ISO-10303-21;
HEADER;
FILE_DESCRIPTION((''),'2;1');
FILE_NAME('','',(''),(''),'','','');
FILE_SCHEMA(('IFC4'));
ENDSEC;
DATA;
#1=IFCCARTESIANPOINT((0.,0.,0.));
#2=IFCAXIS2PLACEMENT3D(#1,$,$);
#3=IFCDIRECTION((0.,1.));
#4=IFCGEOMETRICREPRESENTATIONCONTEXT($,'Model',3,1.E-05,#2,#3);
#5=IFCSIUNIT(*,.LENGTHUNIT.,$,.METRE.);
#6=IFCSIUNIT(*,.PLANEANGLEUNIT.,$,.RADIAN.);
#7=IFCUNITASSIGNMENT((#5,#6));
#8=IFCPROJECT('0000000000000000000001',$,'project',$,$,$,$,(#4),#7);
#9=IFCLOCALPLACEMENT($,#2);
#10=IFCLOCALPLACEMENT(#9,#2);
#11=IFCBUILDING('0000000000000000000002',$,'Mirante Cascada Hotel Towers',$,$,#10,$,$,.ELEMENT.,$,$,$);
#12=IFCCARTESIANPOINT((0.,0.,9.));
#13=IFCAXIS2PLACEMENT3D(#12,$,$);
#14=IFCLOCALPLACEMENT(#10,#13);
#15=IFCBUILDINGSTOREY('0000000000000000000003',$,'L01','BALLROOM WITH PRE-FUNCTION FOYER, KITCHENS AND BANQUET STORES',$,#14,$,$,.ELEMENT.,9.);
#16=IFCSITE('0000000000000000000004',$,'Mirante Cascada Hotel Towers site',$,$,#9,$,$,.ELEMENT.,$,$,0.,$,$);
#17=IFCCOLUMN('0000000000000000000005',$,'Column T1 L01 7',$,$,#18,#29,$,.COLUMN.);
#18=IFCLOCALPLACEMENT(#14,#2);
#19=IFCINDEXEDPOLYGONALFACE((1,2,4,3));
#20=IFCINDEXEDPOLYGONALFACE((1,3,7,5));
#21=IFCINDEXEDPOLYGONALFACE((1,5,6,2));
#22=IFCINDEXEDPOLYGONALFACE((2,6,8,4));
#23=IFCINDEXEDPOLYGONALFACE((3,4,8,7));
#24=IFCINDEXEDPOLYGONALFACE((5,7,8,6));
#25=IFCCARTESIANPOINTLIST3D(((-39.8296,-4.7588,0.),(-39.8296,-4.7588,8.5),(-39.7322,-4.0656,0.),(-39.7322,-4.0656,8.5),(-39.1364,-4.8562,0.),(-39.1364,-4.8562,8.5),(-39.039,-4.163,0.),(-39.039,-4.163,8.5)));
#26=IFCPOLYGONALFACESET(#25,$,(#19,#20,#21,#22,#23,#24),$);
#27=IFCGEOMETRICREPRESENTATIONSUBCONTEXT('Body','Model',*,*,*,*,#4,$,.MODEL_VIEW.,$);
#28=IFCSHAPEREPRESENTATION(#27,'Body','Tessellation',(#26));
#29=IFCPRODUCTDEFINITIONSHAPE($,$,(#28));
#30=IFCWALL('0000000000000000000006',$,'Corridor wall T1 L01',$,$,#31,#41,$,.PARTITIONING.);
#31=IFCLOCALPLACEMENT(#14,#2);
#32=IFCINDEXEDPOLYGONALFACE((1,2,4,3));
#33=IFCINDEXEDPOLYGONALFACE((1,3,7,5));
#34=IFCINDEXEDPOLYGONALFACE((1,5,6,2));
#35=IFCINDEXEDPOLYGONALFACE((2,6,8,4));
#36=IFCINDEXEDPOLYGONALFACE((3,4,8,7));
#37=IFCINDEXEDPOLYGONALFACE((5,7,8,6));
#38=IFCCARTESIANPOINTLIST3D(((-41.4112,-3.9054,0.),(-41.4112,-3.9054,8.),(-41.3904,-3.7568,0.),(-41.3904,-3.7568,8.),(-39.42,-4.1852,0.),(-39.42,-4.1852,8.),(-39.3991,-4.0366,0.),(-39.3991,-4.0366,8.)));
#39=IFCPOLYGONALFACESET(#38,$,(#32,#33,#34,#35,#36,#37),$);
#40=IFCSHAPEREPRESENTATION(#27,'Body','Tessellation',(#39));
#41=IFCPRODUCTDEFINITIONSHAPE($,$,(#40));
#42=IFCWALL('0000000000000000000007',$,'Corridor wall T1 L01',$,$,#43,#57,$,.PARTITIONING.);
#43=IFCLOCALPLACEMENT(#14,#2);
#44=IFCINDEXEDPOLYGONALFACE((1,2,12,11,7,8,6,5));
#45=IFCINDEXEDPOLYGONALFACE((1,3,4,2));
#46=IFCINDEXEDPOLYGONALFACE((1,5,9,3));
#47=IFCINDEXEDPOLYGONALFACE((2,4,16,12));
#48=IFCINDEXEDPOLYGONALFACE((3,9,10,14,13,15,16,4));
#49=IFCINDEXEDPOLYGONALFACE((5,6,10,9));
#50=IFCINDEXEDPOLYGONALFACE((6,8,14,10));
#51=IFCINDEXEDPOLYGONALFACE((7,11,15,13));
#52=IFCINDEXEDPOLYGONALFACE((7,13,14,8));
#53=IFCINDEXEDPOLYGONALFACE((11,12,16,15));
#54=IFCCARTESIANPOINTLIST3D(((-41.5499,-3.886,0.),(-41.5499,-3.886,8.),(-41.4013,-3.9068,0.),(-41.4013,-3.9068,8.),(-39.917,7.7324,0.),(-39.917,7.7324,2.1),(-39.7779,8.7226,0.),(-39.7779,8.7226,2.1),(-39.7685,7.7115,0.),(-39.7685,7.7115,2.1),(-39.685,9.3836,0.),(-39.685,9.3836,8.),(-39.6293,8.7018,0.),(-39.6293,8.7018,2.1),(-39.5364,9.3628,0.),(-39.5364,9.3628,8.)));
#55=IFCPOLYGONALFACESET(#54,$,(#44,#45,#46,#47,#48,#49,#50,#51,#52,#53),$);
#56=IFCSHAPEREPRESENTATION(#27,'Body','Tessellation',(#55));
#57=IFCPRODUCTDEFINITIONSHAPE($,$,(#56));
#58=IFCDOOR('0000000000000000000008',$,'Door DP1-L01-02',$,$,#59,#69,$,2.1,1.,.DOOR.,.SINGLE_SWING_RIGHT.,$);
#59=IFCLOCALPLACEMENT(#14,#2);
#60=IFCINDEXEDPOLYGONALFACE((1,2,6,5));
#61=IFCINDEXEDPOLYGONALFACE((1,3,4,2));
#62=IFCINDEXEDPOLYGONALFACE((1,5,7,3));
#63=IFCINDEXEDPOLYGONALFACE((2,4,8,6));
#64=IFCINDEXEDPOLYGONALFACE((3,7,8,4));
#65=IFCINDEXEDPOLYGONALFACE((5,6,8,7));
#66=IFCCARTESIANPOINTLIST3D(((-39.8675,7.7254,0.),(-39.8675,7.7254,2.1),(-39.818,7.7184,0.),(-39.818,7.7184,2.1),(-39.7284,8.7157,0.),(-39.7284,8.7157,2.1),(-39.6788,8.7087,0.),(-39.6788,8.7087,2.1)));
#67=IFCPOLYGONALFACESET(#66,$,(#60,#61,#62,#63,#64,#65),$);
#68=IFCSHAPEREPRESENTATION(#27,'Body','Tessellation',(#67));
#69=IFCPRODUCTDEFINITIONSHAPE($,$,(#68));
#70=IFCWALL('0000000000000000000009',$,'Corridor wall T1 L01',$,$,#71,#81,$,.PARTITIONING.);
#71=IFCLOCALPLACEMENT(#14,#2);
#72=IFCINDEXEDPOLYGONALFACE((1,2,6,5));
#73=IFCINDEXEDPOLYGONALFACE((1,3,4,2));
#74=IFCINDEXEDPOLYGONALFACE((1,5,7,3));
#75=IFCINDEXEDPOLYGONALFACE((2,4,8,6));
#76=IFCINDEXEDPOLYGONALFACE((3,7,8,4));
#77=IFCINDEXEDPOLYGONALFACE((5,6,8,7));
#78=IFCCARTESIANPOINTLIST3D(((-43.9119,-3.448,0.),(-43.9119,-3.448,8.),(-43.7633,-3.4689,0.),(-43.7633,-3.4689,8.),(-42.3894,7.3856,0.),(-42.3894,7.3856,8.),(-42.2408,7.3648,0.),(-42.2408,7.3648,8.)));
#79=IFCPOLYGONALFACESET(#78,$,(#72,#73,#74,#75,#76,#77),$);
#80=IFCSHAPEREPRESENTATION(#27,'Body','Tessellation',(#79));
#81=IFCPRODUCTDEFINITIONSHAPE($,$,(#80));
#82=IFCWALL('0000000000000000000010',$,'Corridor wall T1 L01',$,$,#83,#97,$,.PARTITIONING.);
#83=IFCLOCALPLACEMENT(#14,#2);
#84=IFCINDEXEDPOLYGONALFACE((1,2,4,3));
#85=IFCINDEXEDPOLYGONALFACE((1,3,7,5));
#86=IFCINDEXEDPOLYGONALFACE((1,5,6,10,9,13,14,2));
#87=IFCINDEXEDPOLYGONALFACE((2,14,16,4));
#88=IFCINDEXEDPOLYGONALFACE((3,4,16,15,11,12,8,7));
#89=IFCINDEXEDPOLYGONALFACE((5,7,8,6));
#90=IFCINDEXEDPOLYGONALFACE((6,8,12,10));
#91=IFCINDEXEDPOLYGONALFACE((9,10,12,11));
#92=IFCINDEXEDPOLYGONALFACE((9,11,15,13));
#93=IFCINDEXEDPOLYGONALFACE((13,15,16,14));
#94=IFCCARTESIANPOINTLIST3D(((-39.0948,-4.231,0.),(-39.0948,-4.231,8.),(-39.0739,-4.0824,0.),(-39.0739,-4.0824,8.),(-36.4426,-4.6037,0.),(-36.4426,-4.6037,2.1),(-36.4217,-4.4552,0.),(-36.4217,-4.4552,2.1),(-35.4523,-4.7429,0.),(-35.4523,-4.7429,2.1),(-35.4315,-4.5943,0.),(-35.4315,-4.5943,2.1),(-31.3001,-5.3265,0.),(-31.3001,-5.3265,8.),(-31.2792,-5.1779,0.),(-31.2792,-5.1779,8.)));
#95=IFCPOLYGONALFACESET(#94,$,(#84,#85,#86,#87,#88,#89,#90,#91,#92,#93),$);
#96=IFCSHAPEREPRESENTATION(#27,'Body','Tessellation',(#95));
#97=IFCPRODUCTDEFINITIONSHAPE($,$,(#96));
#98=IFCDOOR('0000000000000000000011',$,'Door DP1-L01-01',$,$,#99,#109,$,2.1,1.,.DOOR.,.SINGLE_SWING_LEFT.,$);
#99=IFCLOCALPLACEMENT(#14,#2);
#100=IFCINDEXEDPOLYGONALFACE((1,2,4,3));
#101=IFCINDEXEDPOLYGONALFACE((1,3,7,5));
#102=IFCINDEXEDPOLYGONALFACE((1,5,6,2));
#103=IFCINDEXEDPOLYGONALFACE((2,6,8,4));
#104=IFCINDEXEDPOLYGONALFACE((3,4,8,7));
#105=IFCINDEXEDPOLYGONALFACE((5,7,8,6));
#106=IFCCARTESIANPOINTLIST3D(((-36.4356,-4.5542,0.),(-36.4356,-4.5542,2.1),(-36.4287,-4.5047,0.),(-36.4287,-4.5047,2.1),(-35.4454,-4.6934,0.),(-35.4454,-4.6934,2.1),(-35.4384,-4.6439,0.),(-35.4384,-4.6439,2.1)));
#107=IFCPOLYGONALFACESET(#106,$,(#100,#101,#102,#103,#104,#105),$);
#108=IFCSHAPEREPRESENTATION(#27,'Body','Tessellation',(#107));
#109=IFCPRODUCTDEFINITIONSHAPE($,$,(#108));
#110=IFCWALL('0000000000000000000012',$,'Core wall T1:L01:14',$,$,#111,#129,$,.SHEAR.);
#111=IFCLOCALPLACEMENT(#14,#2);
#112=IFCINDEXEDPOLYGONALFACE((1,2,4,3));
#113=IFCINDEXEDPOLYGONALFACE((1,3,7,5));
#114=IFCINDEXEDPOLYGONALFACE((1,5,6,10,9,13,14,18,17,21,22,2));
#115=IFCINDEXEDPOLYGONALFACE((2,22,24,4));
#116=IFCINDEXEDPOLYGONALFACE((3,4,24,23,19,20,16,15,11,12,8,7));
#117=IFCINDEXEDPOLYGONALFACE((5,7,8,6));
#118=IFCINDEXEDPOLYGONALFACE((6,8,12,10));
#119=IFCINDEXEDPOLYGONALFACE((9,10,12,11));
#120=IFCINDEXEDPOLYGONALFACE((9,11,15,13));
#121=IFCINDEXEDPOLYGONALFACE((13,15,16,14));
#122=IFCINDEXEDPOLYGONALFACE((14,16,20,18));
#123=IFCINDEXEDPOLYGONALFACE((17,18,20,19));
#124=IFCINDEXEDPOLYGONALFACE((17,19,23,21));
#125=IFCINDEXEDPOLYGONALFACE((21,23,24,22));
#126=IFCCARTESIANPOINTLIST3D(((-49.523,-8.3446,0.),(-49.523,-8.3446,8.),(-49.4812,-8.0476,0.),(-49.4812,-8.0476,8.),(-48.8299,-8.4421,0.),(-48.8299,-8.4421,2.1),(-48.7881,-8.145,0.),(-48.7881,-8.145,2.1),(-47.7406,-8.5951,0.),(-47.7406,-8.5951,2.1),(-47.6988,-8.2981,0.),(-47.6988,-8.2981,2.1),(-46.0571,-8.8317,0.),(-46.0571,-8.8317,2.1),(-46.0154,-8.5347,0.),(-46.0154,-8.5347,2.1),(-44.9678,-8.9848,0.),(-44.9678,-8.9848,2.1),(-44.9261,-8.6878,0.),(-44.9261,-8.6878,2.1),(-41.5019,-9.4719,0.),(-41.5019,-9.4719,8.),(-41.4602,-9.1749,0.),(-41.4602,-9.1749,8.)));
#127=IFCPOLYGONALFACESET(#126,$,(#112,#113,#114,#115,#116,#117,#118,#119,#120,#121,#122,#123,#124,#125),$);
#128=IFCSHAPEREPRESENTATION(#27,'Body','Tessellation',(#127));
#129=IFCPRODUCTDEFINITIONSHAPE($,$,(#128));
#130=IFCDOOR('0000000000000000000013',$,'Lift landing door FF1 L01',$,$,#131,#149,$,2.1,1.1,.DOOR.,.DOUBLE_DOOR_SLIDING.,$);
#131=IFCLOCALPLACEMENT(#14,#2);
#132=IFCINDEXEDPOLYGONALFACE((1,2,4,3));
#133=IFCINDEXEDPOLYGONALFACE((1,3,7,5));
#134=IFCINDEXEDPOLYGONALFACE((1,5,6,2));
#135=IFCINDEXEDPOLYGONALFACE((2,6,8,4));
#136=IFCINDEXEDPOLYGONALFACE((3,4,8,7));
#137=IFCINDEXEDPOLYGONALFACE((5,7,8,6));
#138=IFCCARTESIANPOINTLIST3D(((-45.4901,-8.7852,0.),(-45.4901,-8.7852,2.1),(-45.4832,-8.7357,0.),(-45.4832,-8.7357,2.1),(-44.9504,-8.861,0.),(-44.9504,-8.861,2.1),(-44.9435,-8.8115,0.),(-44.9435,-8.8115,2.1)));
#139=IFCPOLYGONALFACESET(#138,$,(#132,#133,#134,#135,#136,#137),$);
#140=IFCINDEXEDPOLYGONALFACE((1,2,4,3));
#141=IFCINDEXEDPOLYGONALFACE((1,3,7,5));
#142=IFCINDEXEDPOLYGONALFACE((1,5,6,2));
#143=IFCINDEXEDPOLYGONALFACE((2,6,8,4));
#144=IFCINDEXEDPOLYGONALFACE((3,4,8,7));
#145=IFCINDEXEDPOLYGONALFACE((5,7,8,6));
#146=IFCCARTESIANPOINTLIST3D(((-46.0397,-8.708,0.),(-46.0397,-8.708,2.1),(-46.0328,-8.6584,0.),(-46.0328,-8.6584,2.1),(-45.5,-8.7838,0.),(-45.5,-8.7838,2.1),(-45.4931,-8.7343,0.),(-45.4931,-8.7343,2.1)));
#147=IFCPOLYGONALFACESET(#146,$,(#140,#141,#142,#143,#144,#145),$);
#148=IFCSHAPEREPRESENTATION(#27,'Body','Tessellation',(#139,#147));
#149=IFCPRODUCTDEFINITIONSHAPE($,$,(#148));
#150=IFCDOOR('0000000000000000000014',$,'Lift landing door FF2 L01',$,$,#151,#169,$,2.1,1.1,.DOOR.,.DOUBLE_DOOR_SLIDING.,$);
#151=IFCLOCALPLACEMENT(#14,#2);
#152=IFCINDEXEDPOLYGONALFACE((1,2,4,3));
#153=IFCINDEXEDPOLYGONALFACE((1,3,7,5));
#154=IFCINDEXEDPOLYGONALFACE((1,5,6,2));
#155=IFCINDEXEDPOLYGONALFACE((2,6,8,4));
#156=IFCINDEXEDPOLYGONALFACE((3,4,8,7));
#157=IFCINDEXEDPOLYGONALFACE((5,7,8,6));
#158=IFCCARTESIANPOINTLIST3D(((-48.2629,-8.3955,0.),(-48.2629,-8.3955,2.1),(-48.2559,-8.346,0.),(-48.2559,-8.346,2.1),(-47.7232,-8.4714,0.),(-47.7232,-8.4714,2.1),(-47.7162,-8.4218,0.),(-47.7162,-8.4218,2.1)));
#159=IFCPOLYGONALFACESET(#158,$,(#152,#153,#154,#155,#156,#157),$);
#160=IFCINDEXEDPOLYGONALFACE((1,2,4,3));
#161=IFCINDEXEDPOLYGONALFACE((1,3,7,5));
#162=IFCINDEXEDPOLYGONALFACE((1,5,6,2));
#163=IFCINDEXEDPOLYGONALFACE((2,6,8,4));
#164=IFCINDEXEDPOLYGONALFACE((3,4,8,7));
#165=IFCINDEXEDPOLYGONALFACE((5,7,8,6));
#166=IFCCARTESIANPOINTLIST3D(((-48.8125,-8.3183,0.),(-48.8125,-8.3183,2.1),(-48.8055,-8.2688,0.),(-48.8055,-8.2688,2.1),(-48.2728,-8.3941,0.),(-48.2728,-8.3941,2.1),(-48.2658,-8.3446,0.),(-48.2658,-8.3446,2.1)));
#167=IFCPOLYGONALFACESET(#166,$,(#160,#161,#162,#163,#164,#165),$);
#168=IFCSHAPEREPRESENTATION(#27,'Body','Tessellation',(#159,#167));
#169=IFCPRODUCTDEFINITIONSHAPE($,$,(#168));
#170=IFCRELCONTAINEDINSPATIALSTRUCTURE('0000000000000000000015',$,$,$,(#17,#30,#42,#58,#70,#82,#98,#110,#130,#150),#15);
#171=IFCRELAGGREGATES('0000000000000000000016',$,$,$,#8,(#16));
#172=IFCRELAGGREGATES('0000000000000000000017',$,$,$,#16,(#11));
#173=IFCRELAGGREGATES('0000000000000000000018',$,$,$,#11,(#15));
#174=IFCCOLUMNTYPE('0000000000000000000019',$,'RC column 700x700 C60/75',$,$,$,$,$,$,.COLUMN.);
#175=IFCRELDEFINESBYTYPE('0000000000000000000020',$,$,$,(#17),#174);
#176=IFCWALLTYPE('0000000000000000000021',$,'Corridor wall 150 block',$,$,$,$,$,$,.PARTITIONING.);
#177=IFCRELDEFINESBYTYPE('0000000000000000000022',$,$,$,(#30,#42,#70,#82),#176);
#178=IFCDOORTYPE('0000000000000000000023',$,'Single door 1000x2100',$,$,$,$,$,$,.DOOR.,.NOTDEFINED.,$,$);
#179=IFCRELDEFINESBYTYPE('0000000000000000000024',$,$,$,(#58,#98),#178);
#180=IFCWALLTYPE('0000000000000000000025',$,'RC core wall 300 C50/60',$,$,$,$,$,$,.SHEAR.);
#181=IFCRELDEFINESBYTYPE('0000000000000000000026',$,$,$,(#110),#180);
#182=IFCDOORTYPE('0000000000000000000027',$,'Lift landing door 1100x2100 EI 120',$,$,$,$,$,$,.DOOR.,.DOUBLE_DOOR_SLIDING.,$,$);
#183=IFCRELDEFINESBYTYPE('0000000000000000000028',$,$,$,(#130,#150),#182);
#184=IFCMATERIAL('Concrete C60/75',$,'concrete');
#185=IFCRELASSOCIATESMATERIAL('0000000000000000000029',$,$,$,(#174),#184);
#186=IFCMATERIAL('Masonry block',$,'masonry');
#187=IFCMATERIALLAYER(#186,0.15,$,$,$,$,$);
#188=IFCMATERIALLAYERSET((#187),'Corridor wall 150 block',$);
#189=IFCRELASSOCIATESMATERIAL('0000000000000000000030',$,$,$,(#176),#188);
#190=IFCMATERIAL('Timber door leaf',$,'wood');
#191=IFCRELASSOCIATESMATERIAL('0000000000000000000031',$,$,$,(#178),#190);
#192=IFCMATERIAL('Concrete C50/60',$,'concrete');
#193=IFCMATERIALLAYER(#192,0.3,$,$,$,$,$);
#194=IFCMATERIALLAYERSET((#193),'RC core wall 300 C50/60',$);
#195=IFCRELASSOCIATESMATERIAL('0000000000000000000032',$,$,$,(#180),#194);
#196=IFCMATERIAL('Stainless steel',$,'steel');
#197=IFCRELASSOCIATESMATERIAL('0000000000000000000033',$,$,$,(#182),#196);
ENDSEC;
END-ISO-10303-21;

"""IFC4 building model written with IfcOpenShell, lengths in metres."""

from ifc_helpers import new_model, si_unit, direction, frame, frame_2d, origin, origin_2d, place, context, subcontext, project, spatial, rectangle, extrude, material, layer, layer_set, material_profile, profile_set, type_object, element, fill, save


model = new_model("IFC4")

# Units and contexts
model_context = context("Model", 3, precision=1e-05, world=origin(), true_north=direction((0.0, 1.0)))
body_context = subcontext(model_context, "Body", "Model", "MODEL_VIEW")
ifc_project = project(units=[si_unit("LENGTHUNIT", "METRE"), si_unit("PLANEANGLEUNIT", "RADIAN")], contexts=[model_context])

# Site, building, storey
site_placement = place(None, origin())
site = spatial("IfcSite", under=ifc_project, at=site_placement, Name="Mirante Cascada Hotel Towers site", CompositionType="ELEMENT", RefElevation=0.0)
building_placement = place(site_placement, origin())
building = spatial("IfcBuilding", under=site, at=building_placement, Name="Mirante Cascada Hotel Towers", CompositionType="ELEMENT")
storey_placement = place(building_placement, frame((0.0, 0.0, 9.0)))
storey = spatial("IfcBuildingStorey", under=building, at=storey_placement, Name="L01", Description="BALLROOM WITH PRE-FUNCTION FOYER, KITCHENS AND BANQUET STORES", CompositionType="ELEMENT", Elevation=9.0)

# Column
ifc_material_1 = material(Name="Concrete C60/75", Category="concrete")
ifc_material_profile = material_profile(ifc_material_1, rectangle(XDim=0.7, YDim=0.7, at=origin_2d()), Name="RC column 700x700 C60/75")
ifc_profile_set = profile_set([ifc_material_profile], Name="Concrete C60/75")
column_type = type_object("IfcColumnType", Name="RC column 700x700 C60/75", PredefinedType="COLUMN", material=ifc_profile_set)
column_placement = place(storey_placement, frame((-39.4343, -4.4609, 0.0), z_axis=(0.0, 0.0, 1.0), x_axis=(-0.990268, 0.139173, 0.0)))
element("IfcColumn", 1, at=column_placement, inside=storey, type_object=column_type, Name="Column T1 L01 7", PredefinedType="COLUMN", context=body_context, shape_type="SweptSolid", body=[
    extrude(rectangle(XDim=0.7, YDim=0.7, at=origin_2d()), origin(), (0.0, 0.0, 1.0), 8.5),
])

# Wall
ifc_material_2 = material(Name="Masonry block", Category="masonry")
ifc_layer_1 = layer(ifc_material_2, 0.15)
ifc_layer_set_1 = layer_set([ifc_layer_1], Name="Corridor wall 150 block")
wall_type_1 = type_object("IfcWallType", Name="Corridor wall 150 block", PredefinedType="PARTITIONING", material=ifc_layer_set_1)
wall_1_placement = place(storey_placement, frame((-41.4008, -3.8311, 0.0), z_axis=(0.0, 0.0, 1.0), x_axis=(0.990271, -0.139151, 0.0)))
element("IfcWall", 2, at=wall_1_placement, inside=storey, type_object=wall_type_1, Name="Corridor wall T1 L01", PredefinedType="PARTITIONING", context=body_context, shape_type="SweptSolid", body=[
    extrude(rectangle(XDim=2.0108, YDim=0.15, at=frame_2d((1.0054, 0.0))), origin(), (0.0, 0.0, 1.0), 8.0),
])

# Wall, opening, door
wall_2_placement = place(storey_placement, frame((-41.4756, -3.8964, 0.0), z_axis=(0.0, 0.0, 1.0), x_axis=(0.139172, 0.990268, 0.0)))
wall_2 = element("IfcWall", 3, at=wall_2_placement, inside=storey, type_object=wall_type_1, Name="Corridor wall T1 L01", PredefinedType="PARTITIONING", context=body_context, shape_type="SweptSolid", body=[
    extrude(rectangle(XDim=13.4, YDim=0.15, at=frame_2d((6.7, 0.0))), origin(), (0.0, 0.0, 1.0), 8.0),
])
opening_1_placement = place(wall_2_placement, frame((11.7325, 0.0, 0.0)))
opening_1 = element("IfcOpeningElement", 4, at=opening_1_placement, cuts=wall_2, PredefinedType="OPENING", context=body_context, shape_type="SweptSolid", body=[
    extrude(rectangle(XDim=1.0, YDim=2.1, at=frame_2d((0.5, 1.05))), frame((0.0, 0.075, 0.0), z_axis=(0.0, -1.0, 0.0), x_axis=(1.0, 0.0, 0.0)), (0.0, 0.0, 1.0), 0.15),
])
ifc_material_3 = material(Name="Timber door leaf", Category="wood")
door_type_1 = type_object("IfcDoorType", Name="Single door 1000x2100", OperationType="NOTDEFINED", PredefinedType="DOOR", material=ifc_material_3)
door_1_placement = place(opening_1_placement, frame((1.0, 0.0, 0.0), z_axis=(0.0, 0.0, 1.0), x_axis=(-1.0, 0.0, 0.0)))
door_1 = element("IfcDoor", 5, at=door_1_placement, inside=storey, type_object=door_type_1, Name="Door DP1-L01-02", OperationType="SINGLE_SWING_RIGHT", OverallHeight=2.1, OverallWidth=1.0, PredefinedType="DOOR", context=body_context, shape_type="SweptSolid", body=[
    extrude(rectangle(XDim=1.0, YDim=2.1, at=frame_2d((0.5, 1.05))), frame((0.0, 0.025, 0.0), z_axis=(0.0, -1.0, 0.0), x_axis=(1.0, 0.0, 0.0)), (0.0, 0.0, 1.0), 0.05),
])
fill(opening_1, door_1)

# Wall
wall_3_placement = place(storey_placement, frame((-43.8376, -3.4584, 0.0), z_axis=(0.0, 0.0, 1.0), x_axis=(0.139167, 0.990269, 0.0)))
element("IfcWall", 6, at=wall_3_placement, inside=storey, type_object=wall_type_1, Name="Corridor wall T1 L01", PredefinedType="PARTITIONING", context=body_context, shape_type="SweptSolid", body=[
    extrude(rectangle(XDim=10.9401, YDim=0.15, at=frame_2d((5.47, 0.0))), origin(), (0.0, 0.0, 1.0), 8.0),
])

# Wall, opening, door
wall_4_placement = place(storey_placement, frame((-39.0843, -4.1567, 0.0), z_axis=(0.0, 0.0, 1.0), x_axis=(0.990268, -0.139176, 0.0)))
wall_4 = element("IfcWall", 7, at=wall_4_placement, inside=storey, type_object=wall_type_1, Name="Corridor wall T1 L01", PredefinedType="PARTITIONING", context=body_context, shape_type="SweptSolid", body=[
    extrude(rectangle(XDim=7.8713, YDim=0.15, at=frame_2d((3.9356, 0.0))), origin(), (0.0, 0.0, 1.0), 8.0),
])
opening_2_placement = place(wall_4_placement, frame((2.6782, 0.0, 0.0)))
opening_2 = element("IfcOpeningElement", 8, at=opening_2_placement, cuts=wall_4, PredefinedType="OPENING", context=body_context, shape_type="SweptSolid", body=[
    extrude(rectangle(XDim=1.0, YDim=2.1, at=frame_2d((0.5, 1.05))), frame((0.0, 0.075, 0.0), z_axis=(0.0, -1.0, 0.0), x_axis=(1.0, 0.0, 0.0)), (0.0, 0.0, 1.0), 0.15),
])
door_2_placement = place(opening_2_placement, frame((1.0, 0.0, 0.0), z_axis=(0.0, 0.0, 1.0), x_axis=(-1.0, 0.0, 0.0)))
door_2 = element("IfcDoor", 9, at=door_2_placement, inside=storey, type_object=door_type_1, Name="Door DP1-L01-01", OperationType="SINGLE_SWING_LEFT", OverallHeight=2.1, OverallWidth=1.0, PredefinedType="DOOR", context=body_context, shape_type="SweptSolid", body=[
    extrude(rectangle(XDim=1.0, YDim=2.1, at=frame_2d((0.5, 1.05))), frame((0.0, 0.025, 0.0), z_axis=(0.0, -1.0, 0.0), x_axis=(1.0, 0.0, 0.0)), (0.0, 0.0, 1.0), 0.05),
])
fill(opening_2, door_2)

# Wall, openings, doors
ifc_material_4 = material(Name="Concrete C50/60", Category="concrete")
ifc_layer_2 = layer(ifc_material_4, 0.3)
ifc_layer_set_2 = layer_set([ifc_layer_2], Name="RC core wall 300 C50/60")
wall_type_2 = type_object("IfcWallType", Name="RC core wall 300 C50/60", PredefinedType="SHEAR", material=ifc_layer_set_2)
wall_5_placement = place(storey_placement, frame((-41.481, -9.3234, 0.0), z_axis=(0.0, 0.0, 1.0), x_axis=(-0.990268, 0.139174, 0.0)))
wall_5 = element("IfcWall", 10, at=wall_5_placement, inside=storey, type_object=wall_type_2, Name="Core wall T1:L01:14", PredefinedType="SHEAR", context=body_context, shape_type="SweptSolid", body=[
    extrude(rectangle(XDim=8.0999, YDim=0.3, at=frame_2d((4.05, 0.0))), origin(), (0.0, 0.0, 1.0), 8.0),
])
opening_3_placement = place(wall_5_placement, frame((3.5, 0.0, 0.0)))
opening_3 = element("IfcOpeningElement", 11, at=opening_3_placement, cuts=wall_5, PredefinedType="OPENING", context=body_context, shape_type="SweptSolid", body=[
    extrude(rectangle(XDim=1.1, YDim=2.1, at=frame_2d((0.55, 1.05))), frame((0.0, 0.15, 0.0), z_axis=(0.0, -1.0, 0.0), x_axis=(1.0, 0.0, 0.0)), (0.0, 0.0, 1.0), 0.3),
])
opening_4_placement = place(wall_5_placement, frame((6.3, 0.0, 0.0)))
opening_4 = element("IfcOpeningElement", 12, at=opening_4_placement, cuts=wall_5, PredefinedType="OPENING", context=body_context, shape_type="SweptSolid", body=[
    extrude(rectangle(XDim=1.1, YDim=2.1, at=frame_2d((0.55, 1.05))), frame((0.0, 0.15, 0.0), z_axis=(0.0, -1.0, 0.0), x_axis=(1.0, 0.0, 0.0)), (0.0, 0.0, 1.0), 0.3),
])
ifc_material_5 = material(Name="Stainless steel", Category="steel")
door_type_2 = type_object("IfcDoorType", Name="Lift landing door 1100x2100 EI 120", OperationType="DOUBLE_DOOR_SLIDING", PredefinedType="DOOR", material=ifc_material_5)
door_3_placement = place(opening_3_placement, origin())
door_3 = element("IfcDoor", 13, at=door_3_placement, inside=storey, type_object=door_type_2, Name="Lift landing door FF1 L01", OperationType="DOUBLE_DOOR_SLIDING", OverallHeight=2.1, OverallWidth=1.1, PredefinedType="DOOR", context=body_context, shape_type="SweptSolid", body=[
    extrude(rectangle(XDim=0.545, YDim=2.1, at=frame_2d((0.2725, 1.05))), frame((0.0, 0.025, 0.0), z_axis=(0.0, -1.0, 0.0), x_axis=(1.0, 0.0, 0.0)), (0.0, 0.0, 1.0), 0.05),
    extrude(rectangle(XDim=0.545, YDim=2.1, at=frame_2d((0.8275, 1.05))), frame((0.0, 0.025, 0.0), z_axis=(0.0, -1.0, 0.0), x_axis=(1.0, 0.0, 0.0)), (0.0, 0.0, 1.0), 0.05),
])
fill(opening_3, door_3)
door_4_placement = place(opening_4_placement, origin())
door_4 = element("IfcDoor", 14, at=door_4_placement, inside=storey, type_object=door_type_2, Name="Lift landing door FF2 L01", OperationType="DOUBLE_DOOR_SLIDING", OverallHeight=2.1, OverallWidth=1.1, PredefinedType="DOOR", context=body_context, shape_type="SweptSolid", body=[
    extrude(rectangle(XDim=0.545, YDim=2.1, at=frame_2d((0.2725, 1.05))), frame((0.0, 0.025, 0.0), z_axis=(0.0, -1.0, 0.0), x_axis=(1.0, 0.0, 0.0)), (0.0, 0.0, 1.0), 0.05),
    extrude(rectangle(XDim=0.545, YDim=2.1, at=frame_2d((0.8275, 1.05))), frame((0.0, 0.025, 0.0), z_axis=(0.0, -1.0, 0.0), x_axis=(1.0, 0.0, 0.0)), (0.0, 0.0, 1.0), 0.05),
])
fill(opening_4, door_4)

save(model, "model.ifc")
